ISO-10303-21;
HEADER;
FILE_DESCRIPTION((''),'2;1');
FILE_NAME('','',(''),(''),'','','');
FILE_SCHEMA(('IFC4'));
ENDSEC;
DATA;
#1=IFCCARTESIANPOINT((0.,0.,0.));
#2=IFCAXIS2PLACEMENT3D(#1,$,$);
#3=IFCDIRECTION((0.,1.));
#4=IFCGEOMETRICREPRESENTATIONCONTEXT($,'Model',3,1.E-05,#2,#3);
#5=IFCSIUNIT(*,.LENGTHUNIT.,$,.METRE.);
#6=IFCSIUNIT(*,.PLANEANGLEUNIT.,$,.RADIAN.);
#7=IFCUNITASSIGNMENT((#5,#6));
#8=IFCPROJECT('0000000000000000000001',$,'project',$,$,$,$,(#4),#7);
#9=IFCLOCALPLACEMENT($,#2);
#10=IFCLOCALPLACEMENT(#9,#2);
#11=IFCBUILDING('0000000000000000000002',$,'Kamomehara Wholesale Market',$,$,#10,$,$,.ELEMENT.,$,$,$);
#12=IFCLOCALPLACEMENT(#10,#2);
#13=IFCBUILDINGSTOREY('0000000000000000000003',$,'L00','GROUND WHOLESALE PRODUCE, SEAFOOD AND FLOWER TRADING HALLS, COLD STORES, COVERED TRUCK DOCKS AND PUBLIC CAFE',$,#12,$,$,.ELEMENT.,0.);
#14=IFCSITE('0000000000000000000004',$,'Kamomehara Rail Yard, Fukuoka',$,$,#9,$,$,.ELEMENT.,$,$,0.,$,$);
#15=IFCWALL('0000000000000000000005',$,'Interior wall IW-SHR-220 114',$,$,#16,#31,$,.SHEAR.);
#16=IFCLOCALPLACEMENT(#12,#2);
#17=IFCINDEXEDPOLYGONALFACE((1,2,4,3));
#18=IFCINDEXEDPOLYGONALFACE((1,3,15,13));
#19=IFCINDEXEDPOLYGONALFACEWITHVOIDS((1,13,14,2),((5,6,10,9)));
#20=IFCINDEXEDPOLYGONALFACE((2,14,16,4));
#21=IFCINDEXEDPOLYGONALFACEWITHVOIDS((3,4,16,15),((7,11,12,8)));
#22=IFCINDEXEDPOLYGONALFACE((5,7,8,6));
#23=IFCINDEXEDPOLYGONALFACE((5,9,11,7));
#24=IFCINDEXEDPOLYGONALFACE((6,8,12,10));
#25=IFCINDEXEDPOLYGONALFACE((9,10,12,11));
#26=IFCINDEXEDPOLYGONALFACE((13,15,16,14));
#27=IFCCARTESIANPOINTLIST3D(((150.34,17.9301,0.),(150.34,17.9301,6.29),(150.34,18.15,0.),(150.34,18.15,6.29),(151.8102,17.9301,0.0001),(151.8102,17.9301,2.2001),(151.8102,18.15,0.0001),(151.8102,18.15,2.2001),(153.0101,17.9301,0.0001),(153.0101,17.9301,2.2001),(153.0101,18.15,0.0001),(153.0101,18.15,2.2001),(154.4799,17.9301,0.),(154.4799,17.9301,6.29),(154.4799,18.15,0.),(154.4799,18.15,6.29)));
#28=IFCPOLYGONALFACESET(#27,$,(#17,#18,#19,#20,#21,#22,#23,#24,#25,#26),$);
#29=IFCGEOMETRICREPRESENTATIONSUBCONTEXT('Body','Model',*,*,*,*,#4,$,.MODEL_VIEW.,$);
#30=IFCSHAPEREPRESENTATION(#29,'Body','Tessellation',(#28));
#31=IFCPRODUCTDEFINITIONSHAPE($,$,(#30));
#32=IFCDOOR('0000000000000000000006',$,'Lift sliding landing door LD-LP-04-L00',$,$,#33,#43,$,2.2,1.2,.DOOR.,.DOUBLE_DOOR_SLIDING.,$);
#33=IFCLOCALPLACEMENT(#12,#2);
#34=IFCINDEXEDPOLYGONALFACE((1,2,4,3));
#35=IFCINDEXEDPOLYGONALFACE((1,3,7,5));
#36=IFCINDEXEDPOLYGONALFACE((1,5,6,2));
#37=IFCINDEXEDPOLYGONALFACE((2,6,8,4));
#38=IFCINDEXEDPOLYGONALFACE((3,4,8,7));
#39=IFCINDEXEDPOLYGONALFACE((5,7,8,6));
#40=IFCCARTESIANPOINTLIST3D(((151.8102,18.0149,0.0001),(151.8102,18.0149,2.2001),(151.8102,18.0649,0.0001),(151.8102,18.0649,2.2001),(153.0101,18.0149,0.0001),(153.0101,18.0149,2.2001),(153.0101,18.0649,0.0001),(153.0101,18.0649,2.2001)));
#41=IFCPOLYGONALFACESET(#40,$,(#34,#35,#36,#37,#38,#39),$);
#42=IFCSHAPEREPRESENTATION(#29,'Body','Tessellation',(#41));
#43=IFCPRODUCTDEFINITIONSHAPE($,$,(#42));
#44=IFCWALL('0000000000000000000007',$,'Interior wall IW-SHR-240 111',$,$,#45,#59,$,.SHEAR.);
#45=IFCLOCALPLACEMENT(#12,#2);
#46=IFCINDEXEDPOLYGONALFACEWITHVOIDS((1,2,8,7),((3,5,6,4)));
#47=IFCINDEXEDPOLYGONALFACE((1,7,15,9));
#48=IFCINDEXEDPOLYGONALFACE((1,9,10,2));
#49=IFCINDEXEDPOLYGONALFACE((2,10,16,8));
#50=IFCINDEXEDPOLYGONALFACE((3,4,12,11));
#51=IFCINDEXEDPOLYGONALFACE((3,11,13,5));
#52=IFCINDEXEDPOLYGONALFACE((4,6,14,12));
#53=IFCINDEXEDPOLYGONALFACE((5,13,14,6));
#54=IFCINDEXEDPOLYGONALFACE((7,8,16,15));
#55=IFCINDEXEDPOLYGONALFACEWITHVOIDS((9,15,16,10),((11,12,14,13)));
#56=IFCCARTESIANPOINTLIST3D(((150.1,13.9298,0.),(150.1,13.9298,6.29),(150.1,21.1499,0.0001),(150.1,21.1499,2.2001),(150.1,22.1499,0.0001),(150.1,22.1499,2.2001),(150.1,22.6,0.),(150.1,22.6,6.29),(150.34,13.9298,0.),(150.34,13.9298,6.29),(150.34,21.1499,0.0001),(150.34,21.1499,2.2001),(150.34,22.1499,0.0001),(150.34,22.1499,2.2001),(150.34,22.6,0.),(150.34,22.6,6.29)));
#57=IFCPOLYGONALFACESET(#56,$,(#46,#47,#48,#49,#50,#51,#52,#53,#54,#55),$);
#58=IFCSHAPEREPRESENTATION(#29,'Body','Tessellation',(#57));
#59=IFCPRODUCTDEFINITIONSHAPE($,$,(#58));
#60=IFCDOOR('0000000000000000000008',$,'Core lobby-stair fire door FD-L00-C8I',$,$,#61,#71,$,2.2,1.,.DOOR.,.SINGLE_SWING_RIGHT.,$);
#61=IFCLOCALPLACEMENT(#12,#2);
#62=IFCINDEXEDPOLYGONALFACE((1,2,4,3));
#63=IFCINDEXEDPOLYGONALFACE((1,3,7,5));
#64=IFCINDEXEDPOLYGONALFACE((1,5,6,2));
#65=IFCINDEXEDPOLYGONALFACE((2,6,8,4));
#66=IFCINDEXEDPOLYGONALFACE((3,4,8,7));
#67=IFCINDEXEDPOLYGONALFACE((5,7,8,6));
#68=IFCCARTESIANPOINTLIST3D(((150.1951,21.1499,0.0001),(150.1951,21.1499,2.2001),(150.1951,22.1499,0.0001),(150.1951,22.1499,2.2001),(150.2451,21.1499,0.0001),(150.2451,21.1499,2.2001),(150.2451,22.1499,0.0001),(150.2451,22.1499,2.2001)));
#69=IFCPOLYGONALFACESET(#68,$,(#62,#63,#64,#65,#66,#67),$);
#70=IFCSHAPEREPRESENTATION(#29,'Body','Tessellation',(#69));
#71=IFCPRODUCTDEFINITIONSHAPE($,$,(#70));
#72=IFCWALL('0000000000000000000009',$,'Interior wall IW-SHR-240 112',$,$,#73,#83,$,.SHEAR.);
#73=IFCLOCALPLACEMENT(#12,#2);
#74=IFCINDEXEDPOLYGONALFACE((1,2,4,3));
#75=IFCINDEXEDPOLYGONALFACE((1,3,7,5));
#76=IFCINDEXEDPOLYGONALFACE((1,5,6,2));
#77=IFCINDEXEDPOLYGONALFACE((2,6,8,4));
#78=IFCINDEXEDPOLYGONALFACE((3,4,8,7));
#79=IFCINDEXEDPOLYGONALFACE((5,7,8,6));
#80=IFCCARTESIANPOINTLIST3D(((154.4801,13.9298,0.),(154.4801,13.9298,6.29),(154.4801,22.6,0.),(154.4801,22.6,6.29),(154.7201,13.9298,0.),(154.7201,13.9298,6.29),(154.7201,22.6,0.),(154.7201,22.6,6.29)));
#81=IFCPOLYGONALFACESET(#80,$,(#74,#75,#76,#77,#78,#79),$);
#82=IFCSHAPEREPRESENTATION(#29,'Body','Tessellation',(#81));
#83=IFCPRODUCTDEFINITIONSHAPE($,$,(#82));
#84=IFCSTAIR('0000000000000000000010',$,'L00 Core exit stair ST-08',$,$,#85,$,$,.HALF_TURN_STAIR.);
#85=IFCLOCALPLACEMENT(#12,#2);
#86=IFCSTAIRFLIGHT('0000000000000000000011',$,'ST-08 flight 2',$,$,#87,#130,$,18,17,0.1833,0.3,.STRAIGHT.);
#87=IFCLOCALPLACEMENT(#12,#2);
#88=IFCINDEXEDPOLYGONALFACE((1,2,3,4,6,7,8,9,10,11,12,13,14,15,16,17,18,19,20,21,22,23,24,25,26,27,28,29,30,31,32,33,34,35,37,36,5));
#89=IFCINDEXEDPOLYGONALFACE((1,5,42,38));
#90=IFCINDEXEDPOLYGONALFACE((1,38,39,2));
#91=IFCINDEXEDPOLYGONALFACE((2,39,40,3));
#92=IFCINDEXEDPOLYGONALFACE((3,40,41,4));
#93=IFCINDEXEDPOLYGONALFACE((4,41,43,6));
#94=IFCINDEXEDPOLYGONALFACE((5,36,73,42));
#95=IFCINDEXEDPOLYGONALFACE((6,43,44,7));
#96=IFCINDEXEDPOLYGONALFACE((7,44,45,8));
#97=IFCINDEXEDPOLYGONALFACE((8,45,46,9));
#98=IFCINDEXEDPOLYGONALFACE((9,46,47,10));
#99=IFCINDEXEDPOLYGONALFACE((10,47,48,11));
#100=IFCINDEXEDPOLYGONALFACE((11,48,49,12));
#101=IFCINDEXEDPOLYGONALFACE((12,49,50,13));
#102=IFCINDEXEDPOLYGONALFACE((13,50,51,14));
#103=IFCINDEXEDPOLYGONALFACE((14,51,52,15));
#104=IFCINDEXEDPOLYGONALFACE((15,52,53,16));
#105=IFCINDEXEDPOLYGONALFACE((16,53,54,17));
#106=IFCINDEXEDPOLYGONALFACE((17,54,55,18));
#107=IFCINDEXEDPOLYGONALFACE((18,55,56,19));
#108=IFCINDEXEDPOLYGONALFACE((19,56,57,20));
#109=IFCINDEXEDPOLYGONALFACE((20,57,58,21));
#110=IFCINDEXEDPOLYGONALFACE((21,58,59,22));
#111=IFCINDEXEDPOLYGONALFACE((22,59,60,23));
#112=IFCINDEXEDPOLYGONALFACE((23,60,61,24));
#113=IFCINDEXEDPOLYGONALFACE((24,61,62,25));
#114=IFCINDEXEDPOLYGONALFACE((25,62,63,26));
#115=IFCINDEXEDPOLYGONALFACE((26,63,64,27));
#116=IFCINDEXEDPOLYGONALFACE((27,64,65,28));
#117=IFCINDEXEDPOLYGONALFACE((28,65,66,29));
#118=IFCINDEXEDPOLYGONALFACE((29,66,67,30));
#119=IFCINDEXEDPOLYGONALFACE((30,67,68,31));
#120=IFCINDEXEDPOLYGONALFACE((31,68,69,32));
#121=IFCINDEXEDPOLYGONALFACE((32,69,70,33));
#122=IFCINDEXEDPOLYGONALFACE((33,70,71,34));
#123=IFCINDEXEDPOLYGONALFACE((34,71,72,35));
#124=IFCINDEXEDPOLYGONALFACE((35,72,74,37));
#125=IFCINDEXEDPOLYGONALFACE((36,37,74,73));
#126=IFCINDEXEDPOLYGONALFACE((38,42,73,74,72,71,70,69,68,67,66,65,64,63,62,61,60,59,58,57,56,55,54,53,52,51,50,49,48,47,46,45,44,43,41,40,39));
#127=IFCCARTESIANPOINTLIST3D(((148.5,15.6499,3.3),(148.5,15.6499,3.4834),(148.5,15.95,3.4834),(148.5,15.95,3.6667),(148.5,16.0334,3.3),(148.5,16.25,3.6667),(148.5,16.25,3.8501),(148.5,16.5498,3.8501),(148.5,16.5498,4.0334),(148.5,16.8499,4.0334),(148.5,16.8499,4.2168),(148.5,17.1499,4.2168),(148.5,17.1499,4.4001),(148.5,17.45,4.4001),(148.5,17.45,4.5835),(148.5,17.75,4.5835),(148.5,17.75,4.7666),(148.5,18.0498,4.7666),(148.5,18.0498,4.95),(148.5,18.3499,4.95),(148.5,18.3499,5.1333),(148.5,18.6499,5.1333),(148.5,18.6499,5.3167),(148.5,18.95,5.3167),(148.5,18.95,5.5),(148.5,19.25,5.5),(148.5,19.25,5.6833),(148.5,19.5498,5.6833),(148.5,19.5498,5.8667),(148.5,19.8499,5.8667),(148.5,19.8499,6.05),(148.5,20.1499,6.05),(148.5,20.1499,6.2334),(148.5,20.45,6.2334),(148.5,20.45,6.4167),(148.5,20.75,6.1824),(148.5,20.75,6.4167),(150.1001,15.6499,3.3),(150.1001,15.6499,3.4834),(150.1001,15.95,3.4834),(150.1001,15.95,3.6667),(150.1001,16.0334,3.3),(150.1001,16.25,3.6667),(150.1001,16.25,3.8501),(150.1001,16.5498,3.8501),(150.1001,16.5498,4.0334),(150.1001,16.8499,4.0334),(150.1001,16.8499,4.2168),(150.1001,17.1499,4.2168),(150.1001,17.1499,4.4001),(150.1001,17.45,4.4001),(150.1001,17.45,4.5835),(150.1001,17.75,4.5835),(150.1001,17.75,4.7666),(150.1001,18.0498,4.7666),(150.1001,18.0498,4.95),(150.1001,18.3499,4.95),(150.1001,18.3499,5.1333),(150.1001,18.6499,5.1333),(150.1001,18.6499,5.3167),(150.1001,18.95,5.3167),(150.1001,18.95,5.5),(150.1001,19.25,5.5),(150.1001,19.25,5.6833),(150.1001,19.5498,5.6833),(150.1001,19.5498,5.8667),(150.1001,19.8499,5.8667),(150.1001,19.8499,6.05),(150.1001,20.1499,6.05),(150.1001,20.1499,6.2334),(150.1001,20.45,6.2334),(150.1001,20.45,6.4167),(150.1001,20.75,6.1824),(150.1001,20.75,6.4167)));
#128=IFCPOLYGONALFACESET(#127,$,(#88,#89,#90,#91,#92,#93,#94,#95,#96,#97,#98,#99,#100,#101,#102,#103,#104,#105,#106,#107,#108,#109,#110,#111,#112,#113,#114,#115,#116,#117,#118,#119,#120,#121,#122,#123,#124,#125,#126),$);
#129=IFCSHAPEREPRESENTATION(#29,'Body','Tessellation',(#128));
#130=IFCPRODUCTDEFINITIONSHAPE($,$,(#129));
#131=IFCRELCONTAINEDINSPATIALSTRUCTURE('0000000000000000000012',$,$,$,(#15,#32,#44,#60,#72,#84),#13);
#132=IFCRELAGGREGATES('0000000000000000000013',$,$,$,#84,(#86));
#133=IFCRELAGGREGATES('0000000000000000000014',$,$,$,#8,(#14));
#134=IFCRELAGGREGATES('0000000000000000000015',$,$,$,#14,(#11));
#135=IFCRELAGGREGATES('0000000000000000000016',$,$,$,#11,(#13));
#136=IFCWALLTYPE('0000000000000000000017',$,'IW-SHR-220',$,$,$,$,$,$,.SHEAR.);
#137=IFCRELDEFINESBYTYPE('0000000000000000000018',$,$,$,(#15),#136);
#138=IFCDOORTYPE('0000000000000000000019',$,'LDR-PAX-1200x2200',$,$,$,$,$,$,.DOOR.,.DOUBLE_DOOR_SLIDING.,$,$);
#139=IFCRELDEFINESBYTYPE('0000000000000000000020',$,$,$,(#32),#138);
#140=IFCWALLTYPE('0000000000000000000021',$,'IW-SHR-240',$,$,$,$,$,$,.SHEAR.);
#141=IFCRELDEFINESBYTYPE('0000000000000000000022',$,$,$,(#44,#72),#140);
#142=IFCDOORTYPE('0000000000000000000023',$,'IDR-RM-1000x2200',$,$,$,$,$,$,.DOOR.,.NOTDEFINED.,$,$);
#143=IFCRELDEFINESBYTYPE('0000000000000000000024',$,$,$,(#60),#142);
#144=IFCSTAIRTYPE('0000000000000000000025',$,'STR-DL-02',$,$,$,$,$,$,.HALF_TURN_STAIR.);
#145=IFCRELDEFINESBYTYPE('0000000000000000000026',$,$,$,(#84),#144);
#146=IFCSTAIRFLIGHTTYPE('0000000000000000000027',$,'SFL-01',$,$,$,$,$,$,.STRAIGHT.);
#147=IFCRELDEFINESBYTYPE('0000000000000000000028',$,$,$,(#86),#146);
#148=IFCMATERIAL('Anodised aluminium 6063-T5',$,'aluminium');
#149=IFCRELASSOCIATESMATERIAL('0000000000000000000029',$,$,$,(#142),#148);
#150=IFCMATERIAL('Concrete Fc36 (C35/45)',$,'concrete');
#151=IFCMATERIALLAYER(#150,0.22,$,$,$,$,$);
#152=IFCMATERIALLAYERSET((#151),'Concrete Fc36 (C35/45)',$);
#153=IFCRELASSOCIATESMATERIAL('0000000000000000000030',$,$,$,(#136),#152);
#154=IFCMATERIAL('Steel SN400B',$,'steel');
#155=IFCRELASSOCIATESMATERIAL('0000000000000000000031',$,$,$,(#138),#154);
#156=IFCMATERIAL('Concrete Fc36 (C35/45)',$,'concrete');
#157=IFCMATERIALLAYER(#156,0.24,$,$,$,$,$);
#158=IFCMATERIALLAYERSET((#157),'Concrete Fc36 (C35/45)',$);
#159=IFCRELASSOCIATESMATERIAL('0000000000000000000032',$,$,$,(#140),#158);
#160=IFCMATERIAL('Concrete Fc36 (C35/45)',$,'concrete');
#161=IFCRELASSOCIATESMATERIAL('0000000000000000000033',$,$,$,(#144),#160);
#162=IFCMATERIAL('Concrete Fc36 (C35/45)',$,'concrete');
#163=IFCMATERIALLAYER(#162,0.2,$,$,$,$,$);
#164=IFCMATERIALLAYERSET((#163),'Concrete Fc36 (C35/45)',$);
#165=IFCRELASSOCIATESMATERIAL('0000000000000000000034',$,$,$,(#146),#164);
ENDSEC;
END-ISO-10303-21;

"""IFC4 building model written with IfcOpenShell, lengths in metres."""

from ifc_helpers import new_model, si_unit, direction, frame, frame_2d, origin, place, context, subcontext, project, spatial, polyline, rectangle, outline, extrude, material, layer, layer_set, type_object, element, fill, aggregate, save


model = new_model("IFC4")

# Units and contexts
model_context = context("Model", 3, precision=1e-05, world=origin(), true_north=direction((0.0, 1.0)))
body_context = subcontext(model_context, "Body", "Model", "MODEL_VIEW")
ifc_project = project(units=[si_unit("LENGTHUNIT", "METRE"), si_unit("PLANEANGLEUNIT", "RADIAN")], contexts=[model_context])

# Site, building, storey
site_placement = place(None, origin())
site = spatial("IfcSite", under=ifc_project, at=site_placement, Name="Kamomehara Rail Yard, Fukuoka", CompositionType="ELEMENT", RefElevation=0.0)
building_placement = place(site_placement, origin())
building = spatial("IfcBuilding", under=site, at=building_placement, Name="Kamomehara Wholesale Market", CompositionType="ELEMENT")
storey_placement = place(building_placement, origin())
storey = spatial("IfcBuildingStorey", under=building, at=storey_placement, Name="L00", Description="GROUND WHOLESALE PRODUCE, SEAFOOD AND FLOWER TRADING HALLS, COLD STORES, COVERED TRUCK DOCKS AND PUBLIC CAFE", CompositionType="ELEMENT", Elevation=0.0)

# Walls, openings, doors
ifc_material_1 = material(Name="Anodised aluminium 6063-T5", Category="aluminium")
door_type_1 = type_object("IfcDoorType", Name="IDR-RM-1000x2200", OperationType="NOTDEFINED", PredefinedType="DOOR", material=ifc_material_1)
ifc_material_2 = material(Name="Concrete Fc36 (C35/45)", Category="concrete")
ifc_layer_1 = layer(ifc_material_2, 0.22)
ifc_layer_set_1 = layer_set([ifc_layer_1], Name="Concrete Fc36 (C35/45)")
wall_type_1 = type_object("IfcWallType", Name="IW-SHR-220", PredefinedType="SHEAR", material=ifc_layer_set_1)
wall_1_placement = place(storey_placement, frame((150.3401, 18.04, 0.0), z_axis=(0.0, 0.0, 1.0), x_axis=(1.0, 0.0, 0.0)))
wall_1 = element("IfcWall", 1, at=wall_1_placement, inside=storey, type_object=wall_type_1, Name="Interior wall IW-SHR-220 114", PredefinedType="SHEAR", context=body_context, shape_type="SweptSolid", body=[
    extrude(rectangle(XDim=4.1399, YDim=0.22, at=frame_2d((2.0698, 0.0))), origin(), (0.0, 0.0, 1.0), 6.29),
])
opening_1_placement = place(wall_1_placement, frame((1.47, 0.0, 0.0)))
opening_1 = element("IfcOpeningElement", 2, at=opening_1_placement, cuts=wall_1, PredefinedType="OPENING", context=body_context, shape_type="SweptSolid", body=[
    extrude(rectangle(XDim=1.2, YDim=2.2, at=frame_2d((0.6001, 1.1001))), frame((0.0, 0.125, 0.0), z_axis=(0.0, -1.0, 0.0), x_axis=(1.0, 0.0, 0.0)), (0.0, 0.0, 1.0), 0.2498),
])
ifc_material_3 = material(Name="Steel SN400B", Category="steel")
door_type_2 = type_object("IfcDoorType", Name="LDR-PAX-1200x2200", OperationType="DOUBLE_DOOR_SLIDING", PredefinedType="DOOR", material=ifc_material_3)
door_1_placement = place(opening_1_placement, origin())
door_1 = element("IfcDoor", 3, at=door_1_placement, inside=storey, type_object=door_type_2, Name="Lift sliding landing door LD-LP-04-L00", OperationType="DOUBLE_DOOR_SLIDING", OverallHeight=2.2, OverallWidth=1.2, PredefinedType="DOOR", context=body_context, shape_type="SweptSolid", body=[
    extrude(rectangle(XDim=1.2, YDim=2.2, at=frame_2d((0.6001, 1.1001))), frame((0.0, 0.0249, 0.0), z_axis=(0.0, -1.0, 0.0), x_axis=(1.0, 0.0, 0.0)), (0.0, 0.0, 1.0), 0.05),
])
fill(opening_1, door_1)
ifc_material_4 = material(Name="Concrete Fc36 (C35/45)", Category="concrete")
ifc_layer_2 = layer(ifc_material_4, 0.24)
ifc_layer_set_2 = layer_set([ifc_layer_2], Name="Concrete Fc36 (C35/45)")
wall_type_2 = type_object("IfcWallType", Name="IW-SHR-240", PredefinedType="SHEAR", material=ifc_layer_set_2)
wall_2_placement = place(storey_placement, frame((150.22, 13.9299, 0.0), z_axis=(0.0, 0.0, 1.0), x_axis=(0.0, 1.0, 0.0)))
wall_2 = element("IfcWall", 4, at=wall_2_placement, inside=storey, type_object=wall_type_2, Name="Interior wall IW-SHR-240 111", PredefinedType="SHEAR", context=body_context, shape_type="SweptSolid", body=[
    extrude(rectangle(XDim=8.6702, YDim=0.24, at=frame_2d((4.335, 0.0))), origin(), (0.0, 0.0, 1.0), 6.29),
])
opening_2_placement = place(wall_2_placement, frame((7.22, 0.0, 0.0)))
opening_2 = element("IfcOpeningElement", 5, at=opening_2_placement, cuts=wall_2, PredefinedType="OPENING", context=body_context, shape_type="SweptSolid", body=[
    extrude(rectangle(XDim=1.0, YDim=2.2, at=frame_2d((0.5, 1.1001))), frame((0.0, 0.1348, 0.0), z_axis=(0.0, -1.0, 0.0), x_axis=(1.0, 0.0, 0.0)), (0.0, 0.0, 1.0), 0.2698),
])
door_2_placement = place(opening_2_placement, origin())
door_2 = element("IfcDoor", 6, at=door_2_placement, inside=storey, type_object=door_type_1, Name="Core lobby-stair fire door FD-L00-C8I", OperationType="SINGLE_SWING_RIGHT", OverallHeight=2.2, OverallWidth=1.0, PredefinedType="DOOR", context=body_context, shape_type="SweptSolid", body=[
    extrude(rectangle(XDim=1.0, YDim=2.2, at=frame_2d((0.5, 1.1001))), frame((0.0, 0.0249, 0.0), z_axis=(0.0, -1.0, 0.0), x_axis=(1.0, 0.0, 0.0)), (0.0, 0.0, 1.0), 0.05),
])
fill(opening_2, door_2)

# Wall
wall_3_placement = place(storey_placement, frame((154.6001, 13.9299, 0.0), z_axis=(0.0, 0.0, 1.0), x_axis=(0.0, 1.0, 0.0)))
element("IfcWall", 7, at=wall_3_placement, inside=storey, type_object=wall_type_2, Name="Interior wall IW-SHR-240 112", PredefinedType="SHEAR", context=body_context, shape_type="SweptSolid", body=[
    extrude(rectangle(XDim=8.6702, YDim=0.24, at=frame_2d((4.335, 0.0))), origin(), (0.0, 0.0, 1.0), 6.29),
])

# Stair, stair flight
ifc_material_5 = material(Name="Concrete Fc36 (C35/45)", Category="concrete")
stair_type = type_object("IfcStairType", Name="STR-DL-02", PredefinedType="HALF_TURN_STAIR", material=ifc_material_5)
stair_placement = place(storey_placement, origin())
stair = element("IfcStair", 8, at=stair_placement, inside=storey, type_object=stair_type, Name="L00 Core exit stair ST-08", PredefinedType="HALF_TURN_STAIR")
ifc_material_6 = material(Name="Concrete Fc36 (C35/45)", Category="concrete")
ifc_layer_3 = layer(ifc_material_6, 0.2)
ifc_layer_set_3 = layer_set([ifc_layer_3], Name="Concrete Fc36 (C35/45)")
stair_flight_type = type_object("IfcStairFlightType", Name="SFL-01", PredefinedType="STRAIGHT", material=ifc_layer_set_3)
stair_flight_placement = place(storey_placement, frame((149.3, 15.6499, 3.3), z_axis=(0.0, 0.0, 1.0), x_axis=(0.0, 1.0, 0.0)))
stair_flight = element("IfcStairFlight", 9, at=stair_flight_placement, type_object=stair_flight_type, Name="ST-08 flight 2", NumberOfRisers=18, NumberOfTreads=17, PredefinedType="STRAIGHT", RiserHeight=0.1833, TreadLength=0.3, context=body_context, shape_type="SweptSolid", body=[
    extrude(outline(polyline([(0.0, 0.0), (0.0, 0.1833), (0.3, 0.1833), (0.3, 0.3667), (0.6001, 0.3667), (0.6001, 0.55), (0.8999, 0.55), (0.8999, 0.7334), (1.2, 0.7334), (1.2, 0.9167), (1.5, 0.9167), (1.5, 1.1001), (1.8, 1.1001), (1.8, 1.2834), (2.1001, 1.2834), (2.1001, 1.4666), (2.3999, 1.4666), (2.3999, 1.6499), (2.7, 1.6499), (2.7, 1.8333), (3.0, 1.8333), (3.0, 2.0166), (3.3, 2.0166), (3.3, 2.2), (3.6001, 2.2), (3.6001, 2.3833), (3.8999, 2.3833), (3.8999, 2.5667), (4.2, 2.5667), (4.2, 2.75), (4.5, 2.75), (4.5, 2.9333), (4.8, 2.9333), (4.8, 3.1167), (5.1001, 3.1167), (5.1001, 3.3), (5.1001, 2.8823), (0.3835, 0.0), (0.0, 0.0)])), frame((0.0, 0.8, 0.0), z_axis=(0.0, -1.0, 0.0), x_axis=(1.0, 0.0, 0.0)), (0.0, 0.0, 1.0), 1.6001),
])
aggregate(stair, [stair_flight])

save(model, "model.ifc")
